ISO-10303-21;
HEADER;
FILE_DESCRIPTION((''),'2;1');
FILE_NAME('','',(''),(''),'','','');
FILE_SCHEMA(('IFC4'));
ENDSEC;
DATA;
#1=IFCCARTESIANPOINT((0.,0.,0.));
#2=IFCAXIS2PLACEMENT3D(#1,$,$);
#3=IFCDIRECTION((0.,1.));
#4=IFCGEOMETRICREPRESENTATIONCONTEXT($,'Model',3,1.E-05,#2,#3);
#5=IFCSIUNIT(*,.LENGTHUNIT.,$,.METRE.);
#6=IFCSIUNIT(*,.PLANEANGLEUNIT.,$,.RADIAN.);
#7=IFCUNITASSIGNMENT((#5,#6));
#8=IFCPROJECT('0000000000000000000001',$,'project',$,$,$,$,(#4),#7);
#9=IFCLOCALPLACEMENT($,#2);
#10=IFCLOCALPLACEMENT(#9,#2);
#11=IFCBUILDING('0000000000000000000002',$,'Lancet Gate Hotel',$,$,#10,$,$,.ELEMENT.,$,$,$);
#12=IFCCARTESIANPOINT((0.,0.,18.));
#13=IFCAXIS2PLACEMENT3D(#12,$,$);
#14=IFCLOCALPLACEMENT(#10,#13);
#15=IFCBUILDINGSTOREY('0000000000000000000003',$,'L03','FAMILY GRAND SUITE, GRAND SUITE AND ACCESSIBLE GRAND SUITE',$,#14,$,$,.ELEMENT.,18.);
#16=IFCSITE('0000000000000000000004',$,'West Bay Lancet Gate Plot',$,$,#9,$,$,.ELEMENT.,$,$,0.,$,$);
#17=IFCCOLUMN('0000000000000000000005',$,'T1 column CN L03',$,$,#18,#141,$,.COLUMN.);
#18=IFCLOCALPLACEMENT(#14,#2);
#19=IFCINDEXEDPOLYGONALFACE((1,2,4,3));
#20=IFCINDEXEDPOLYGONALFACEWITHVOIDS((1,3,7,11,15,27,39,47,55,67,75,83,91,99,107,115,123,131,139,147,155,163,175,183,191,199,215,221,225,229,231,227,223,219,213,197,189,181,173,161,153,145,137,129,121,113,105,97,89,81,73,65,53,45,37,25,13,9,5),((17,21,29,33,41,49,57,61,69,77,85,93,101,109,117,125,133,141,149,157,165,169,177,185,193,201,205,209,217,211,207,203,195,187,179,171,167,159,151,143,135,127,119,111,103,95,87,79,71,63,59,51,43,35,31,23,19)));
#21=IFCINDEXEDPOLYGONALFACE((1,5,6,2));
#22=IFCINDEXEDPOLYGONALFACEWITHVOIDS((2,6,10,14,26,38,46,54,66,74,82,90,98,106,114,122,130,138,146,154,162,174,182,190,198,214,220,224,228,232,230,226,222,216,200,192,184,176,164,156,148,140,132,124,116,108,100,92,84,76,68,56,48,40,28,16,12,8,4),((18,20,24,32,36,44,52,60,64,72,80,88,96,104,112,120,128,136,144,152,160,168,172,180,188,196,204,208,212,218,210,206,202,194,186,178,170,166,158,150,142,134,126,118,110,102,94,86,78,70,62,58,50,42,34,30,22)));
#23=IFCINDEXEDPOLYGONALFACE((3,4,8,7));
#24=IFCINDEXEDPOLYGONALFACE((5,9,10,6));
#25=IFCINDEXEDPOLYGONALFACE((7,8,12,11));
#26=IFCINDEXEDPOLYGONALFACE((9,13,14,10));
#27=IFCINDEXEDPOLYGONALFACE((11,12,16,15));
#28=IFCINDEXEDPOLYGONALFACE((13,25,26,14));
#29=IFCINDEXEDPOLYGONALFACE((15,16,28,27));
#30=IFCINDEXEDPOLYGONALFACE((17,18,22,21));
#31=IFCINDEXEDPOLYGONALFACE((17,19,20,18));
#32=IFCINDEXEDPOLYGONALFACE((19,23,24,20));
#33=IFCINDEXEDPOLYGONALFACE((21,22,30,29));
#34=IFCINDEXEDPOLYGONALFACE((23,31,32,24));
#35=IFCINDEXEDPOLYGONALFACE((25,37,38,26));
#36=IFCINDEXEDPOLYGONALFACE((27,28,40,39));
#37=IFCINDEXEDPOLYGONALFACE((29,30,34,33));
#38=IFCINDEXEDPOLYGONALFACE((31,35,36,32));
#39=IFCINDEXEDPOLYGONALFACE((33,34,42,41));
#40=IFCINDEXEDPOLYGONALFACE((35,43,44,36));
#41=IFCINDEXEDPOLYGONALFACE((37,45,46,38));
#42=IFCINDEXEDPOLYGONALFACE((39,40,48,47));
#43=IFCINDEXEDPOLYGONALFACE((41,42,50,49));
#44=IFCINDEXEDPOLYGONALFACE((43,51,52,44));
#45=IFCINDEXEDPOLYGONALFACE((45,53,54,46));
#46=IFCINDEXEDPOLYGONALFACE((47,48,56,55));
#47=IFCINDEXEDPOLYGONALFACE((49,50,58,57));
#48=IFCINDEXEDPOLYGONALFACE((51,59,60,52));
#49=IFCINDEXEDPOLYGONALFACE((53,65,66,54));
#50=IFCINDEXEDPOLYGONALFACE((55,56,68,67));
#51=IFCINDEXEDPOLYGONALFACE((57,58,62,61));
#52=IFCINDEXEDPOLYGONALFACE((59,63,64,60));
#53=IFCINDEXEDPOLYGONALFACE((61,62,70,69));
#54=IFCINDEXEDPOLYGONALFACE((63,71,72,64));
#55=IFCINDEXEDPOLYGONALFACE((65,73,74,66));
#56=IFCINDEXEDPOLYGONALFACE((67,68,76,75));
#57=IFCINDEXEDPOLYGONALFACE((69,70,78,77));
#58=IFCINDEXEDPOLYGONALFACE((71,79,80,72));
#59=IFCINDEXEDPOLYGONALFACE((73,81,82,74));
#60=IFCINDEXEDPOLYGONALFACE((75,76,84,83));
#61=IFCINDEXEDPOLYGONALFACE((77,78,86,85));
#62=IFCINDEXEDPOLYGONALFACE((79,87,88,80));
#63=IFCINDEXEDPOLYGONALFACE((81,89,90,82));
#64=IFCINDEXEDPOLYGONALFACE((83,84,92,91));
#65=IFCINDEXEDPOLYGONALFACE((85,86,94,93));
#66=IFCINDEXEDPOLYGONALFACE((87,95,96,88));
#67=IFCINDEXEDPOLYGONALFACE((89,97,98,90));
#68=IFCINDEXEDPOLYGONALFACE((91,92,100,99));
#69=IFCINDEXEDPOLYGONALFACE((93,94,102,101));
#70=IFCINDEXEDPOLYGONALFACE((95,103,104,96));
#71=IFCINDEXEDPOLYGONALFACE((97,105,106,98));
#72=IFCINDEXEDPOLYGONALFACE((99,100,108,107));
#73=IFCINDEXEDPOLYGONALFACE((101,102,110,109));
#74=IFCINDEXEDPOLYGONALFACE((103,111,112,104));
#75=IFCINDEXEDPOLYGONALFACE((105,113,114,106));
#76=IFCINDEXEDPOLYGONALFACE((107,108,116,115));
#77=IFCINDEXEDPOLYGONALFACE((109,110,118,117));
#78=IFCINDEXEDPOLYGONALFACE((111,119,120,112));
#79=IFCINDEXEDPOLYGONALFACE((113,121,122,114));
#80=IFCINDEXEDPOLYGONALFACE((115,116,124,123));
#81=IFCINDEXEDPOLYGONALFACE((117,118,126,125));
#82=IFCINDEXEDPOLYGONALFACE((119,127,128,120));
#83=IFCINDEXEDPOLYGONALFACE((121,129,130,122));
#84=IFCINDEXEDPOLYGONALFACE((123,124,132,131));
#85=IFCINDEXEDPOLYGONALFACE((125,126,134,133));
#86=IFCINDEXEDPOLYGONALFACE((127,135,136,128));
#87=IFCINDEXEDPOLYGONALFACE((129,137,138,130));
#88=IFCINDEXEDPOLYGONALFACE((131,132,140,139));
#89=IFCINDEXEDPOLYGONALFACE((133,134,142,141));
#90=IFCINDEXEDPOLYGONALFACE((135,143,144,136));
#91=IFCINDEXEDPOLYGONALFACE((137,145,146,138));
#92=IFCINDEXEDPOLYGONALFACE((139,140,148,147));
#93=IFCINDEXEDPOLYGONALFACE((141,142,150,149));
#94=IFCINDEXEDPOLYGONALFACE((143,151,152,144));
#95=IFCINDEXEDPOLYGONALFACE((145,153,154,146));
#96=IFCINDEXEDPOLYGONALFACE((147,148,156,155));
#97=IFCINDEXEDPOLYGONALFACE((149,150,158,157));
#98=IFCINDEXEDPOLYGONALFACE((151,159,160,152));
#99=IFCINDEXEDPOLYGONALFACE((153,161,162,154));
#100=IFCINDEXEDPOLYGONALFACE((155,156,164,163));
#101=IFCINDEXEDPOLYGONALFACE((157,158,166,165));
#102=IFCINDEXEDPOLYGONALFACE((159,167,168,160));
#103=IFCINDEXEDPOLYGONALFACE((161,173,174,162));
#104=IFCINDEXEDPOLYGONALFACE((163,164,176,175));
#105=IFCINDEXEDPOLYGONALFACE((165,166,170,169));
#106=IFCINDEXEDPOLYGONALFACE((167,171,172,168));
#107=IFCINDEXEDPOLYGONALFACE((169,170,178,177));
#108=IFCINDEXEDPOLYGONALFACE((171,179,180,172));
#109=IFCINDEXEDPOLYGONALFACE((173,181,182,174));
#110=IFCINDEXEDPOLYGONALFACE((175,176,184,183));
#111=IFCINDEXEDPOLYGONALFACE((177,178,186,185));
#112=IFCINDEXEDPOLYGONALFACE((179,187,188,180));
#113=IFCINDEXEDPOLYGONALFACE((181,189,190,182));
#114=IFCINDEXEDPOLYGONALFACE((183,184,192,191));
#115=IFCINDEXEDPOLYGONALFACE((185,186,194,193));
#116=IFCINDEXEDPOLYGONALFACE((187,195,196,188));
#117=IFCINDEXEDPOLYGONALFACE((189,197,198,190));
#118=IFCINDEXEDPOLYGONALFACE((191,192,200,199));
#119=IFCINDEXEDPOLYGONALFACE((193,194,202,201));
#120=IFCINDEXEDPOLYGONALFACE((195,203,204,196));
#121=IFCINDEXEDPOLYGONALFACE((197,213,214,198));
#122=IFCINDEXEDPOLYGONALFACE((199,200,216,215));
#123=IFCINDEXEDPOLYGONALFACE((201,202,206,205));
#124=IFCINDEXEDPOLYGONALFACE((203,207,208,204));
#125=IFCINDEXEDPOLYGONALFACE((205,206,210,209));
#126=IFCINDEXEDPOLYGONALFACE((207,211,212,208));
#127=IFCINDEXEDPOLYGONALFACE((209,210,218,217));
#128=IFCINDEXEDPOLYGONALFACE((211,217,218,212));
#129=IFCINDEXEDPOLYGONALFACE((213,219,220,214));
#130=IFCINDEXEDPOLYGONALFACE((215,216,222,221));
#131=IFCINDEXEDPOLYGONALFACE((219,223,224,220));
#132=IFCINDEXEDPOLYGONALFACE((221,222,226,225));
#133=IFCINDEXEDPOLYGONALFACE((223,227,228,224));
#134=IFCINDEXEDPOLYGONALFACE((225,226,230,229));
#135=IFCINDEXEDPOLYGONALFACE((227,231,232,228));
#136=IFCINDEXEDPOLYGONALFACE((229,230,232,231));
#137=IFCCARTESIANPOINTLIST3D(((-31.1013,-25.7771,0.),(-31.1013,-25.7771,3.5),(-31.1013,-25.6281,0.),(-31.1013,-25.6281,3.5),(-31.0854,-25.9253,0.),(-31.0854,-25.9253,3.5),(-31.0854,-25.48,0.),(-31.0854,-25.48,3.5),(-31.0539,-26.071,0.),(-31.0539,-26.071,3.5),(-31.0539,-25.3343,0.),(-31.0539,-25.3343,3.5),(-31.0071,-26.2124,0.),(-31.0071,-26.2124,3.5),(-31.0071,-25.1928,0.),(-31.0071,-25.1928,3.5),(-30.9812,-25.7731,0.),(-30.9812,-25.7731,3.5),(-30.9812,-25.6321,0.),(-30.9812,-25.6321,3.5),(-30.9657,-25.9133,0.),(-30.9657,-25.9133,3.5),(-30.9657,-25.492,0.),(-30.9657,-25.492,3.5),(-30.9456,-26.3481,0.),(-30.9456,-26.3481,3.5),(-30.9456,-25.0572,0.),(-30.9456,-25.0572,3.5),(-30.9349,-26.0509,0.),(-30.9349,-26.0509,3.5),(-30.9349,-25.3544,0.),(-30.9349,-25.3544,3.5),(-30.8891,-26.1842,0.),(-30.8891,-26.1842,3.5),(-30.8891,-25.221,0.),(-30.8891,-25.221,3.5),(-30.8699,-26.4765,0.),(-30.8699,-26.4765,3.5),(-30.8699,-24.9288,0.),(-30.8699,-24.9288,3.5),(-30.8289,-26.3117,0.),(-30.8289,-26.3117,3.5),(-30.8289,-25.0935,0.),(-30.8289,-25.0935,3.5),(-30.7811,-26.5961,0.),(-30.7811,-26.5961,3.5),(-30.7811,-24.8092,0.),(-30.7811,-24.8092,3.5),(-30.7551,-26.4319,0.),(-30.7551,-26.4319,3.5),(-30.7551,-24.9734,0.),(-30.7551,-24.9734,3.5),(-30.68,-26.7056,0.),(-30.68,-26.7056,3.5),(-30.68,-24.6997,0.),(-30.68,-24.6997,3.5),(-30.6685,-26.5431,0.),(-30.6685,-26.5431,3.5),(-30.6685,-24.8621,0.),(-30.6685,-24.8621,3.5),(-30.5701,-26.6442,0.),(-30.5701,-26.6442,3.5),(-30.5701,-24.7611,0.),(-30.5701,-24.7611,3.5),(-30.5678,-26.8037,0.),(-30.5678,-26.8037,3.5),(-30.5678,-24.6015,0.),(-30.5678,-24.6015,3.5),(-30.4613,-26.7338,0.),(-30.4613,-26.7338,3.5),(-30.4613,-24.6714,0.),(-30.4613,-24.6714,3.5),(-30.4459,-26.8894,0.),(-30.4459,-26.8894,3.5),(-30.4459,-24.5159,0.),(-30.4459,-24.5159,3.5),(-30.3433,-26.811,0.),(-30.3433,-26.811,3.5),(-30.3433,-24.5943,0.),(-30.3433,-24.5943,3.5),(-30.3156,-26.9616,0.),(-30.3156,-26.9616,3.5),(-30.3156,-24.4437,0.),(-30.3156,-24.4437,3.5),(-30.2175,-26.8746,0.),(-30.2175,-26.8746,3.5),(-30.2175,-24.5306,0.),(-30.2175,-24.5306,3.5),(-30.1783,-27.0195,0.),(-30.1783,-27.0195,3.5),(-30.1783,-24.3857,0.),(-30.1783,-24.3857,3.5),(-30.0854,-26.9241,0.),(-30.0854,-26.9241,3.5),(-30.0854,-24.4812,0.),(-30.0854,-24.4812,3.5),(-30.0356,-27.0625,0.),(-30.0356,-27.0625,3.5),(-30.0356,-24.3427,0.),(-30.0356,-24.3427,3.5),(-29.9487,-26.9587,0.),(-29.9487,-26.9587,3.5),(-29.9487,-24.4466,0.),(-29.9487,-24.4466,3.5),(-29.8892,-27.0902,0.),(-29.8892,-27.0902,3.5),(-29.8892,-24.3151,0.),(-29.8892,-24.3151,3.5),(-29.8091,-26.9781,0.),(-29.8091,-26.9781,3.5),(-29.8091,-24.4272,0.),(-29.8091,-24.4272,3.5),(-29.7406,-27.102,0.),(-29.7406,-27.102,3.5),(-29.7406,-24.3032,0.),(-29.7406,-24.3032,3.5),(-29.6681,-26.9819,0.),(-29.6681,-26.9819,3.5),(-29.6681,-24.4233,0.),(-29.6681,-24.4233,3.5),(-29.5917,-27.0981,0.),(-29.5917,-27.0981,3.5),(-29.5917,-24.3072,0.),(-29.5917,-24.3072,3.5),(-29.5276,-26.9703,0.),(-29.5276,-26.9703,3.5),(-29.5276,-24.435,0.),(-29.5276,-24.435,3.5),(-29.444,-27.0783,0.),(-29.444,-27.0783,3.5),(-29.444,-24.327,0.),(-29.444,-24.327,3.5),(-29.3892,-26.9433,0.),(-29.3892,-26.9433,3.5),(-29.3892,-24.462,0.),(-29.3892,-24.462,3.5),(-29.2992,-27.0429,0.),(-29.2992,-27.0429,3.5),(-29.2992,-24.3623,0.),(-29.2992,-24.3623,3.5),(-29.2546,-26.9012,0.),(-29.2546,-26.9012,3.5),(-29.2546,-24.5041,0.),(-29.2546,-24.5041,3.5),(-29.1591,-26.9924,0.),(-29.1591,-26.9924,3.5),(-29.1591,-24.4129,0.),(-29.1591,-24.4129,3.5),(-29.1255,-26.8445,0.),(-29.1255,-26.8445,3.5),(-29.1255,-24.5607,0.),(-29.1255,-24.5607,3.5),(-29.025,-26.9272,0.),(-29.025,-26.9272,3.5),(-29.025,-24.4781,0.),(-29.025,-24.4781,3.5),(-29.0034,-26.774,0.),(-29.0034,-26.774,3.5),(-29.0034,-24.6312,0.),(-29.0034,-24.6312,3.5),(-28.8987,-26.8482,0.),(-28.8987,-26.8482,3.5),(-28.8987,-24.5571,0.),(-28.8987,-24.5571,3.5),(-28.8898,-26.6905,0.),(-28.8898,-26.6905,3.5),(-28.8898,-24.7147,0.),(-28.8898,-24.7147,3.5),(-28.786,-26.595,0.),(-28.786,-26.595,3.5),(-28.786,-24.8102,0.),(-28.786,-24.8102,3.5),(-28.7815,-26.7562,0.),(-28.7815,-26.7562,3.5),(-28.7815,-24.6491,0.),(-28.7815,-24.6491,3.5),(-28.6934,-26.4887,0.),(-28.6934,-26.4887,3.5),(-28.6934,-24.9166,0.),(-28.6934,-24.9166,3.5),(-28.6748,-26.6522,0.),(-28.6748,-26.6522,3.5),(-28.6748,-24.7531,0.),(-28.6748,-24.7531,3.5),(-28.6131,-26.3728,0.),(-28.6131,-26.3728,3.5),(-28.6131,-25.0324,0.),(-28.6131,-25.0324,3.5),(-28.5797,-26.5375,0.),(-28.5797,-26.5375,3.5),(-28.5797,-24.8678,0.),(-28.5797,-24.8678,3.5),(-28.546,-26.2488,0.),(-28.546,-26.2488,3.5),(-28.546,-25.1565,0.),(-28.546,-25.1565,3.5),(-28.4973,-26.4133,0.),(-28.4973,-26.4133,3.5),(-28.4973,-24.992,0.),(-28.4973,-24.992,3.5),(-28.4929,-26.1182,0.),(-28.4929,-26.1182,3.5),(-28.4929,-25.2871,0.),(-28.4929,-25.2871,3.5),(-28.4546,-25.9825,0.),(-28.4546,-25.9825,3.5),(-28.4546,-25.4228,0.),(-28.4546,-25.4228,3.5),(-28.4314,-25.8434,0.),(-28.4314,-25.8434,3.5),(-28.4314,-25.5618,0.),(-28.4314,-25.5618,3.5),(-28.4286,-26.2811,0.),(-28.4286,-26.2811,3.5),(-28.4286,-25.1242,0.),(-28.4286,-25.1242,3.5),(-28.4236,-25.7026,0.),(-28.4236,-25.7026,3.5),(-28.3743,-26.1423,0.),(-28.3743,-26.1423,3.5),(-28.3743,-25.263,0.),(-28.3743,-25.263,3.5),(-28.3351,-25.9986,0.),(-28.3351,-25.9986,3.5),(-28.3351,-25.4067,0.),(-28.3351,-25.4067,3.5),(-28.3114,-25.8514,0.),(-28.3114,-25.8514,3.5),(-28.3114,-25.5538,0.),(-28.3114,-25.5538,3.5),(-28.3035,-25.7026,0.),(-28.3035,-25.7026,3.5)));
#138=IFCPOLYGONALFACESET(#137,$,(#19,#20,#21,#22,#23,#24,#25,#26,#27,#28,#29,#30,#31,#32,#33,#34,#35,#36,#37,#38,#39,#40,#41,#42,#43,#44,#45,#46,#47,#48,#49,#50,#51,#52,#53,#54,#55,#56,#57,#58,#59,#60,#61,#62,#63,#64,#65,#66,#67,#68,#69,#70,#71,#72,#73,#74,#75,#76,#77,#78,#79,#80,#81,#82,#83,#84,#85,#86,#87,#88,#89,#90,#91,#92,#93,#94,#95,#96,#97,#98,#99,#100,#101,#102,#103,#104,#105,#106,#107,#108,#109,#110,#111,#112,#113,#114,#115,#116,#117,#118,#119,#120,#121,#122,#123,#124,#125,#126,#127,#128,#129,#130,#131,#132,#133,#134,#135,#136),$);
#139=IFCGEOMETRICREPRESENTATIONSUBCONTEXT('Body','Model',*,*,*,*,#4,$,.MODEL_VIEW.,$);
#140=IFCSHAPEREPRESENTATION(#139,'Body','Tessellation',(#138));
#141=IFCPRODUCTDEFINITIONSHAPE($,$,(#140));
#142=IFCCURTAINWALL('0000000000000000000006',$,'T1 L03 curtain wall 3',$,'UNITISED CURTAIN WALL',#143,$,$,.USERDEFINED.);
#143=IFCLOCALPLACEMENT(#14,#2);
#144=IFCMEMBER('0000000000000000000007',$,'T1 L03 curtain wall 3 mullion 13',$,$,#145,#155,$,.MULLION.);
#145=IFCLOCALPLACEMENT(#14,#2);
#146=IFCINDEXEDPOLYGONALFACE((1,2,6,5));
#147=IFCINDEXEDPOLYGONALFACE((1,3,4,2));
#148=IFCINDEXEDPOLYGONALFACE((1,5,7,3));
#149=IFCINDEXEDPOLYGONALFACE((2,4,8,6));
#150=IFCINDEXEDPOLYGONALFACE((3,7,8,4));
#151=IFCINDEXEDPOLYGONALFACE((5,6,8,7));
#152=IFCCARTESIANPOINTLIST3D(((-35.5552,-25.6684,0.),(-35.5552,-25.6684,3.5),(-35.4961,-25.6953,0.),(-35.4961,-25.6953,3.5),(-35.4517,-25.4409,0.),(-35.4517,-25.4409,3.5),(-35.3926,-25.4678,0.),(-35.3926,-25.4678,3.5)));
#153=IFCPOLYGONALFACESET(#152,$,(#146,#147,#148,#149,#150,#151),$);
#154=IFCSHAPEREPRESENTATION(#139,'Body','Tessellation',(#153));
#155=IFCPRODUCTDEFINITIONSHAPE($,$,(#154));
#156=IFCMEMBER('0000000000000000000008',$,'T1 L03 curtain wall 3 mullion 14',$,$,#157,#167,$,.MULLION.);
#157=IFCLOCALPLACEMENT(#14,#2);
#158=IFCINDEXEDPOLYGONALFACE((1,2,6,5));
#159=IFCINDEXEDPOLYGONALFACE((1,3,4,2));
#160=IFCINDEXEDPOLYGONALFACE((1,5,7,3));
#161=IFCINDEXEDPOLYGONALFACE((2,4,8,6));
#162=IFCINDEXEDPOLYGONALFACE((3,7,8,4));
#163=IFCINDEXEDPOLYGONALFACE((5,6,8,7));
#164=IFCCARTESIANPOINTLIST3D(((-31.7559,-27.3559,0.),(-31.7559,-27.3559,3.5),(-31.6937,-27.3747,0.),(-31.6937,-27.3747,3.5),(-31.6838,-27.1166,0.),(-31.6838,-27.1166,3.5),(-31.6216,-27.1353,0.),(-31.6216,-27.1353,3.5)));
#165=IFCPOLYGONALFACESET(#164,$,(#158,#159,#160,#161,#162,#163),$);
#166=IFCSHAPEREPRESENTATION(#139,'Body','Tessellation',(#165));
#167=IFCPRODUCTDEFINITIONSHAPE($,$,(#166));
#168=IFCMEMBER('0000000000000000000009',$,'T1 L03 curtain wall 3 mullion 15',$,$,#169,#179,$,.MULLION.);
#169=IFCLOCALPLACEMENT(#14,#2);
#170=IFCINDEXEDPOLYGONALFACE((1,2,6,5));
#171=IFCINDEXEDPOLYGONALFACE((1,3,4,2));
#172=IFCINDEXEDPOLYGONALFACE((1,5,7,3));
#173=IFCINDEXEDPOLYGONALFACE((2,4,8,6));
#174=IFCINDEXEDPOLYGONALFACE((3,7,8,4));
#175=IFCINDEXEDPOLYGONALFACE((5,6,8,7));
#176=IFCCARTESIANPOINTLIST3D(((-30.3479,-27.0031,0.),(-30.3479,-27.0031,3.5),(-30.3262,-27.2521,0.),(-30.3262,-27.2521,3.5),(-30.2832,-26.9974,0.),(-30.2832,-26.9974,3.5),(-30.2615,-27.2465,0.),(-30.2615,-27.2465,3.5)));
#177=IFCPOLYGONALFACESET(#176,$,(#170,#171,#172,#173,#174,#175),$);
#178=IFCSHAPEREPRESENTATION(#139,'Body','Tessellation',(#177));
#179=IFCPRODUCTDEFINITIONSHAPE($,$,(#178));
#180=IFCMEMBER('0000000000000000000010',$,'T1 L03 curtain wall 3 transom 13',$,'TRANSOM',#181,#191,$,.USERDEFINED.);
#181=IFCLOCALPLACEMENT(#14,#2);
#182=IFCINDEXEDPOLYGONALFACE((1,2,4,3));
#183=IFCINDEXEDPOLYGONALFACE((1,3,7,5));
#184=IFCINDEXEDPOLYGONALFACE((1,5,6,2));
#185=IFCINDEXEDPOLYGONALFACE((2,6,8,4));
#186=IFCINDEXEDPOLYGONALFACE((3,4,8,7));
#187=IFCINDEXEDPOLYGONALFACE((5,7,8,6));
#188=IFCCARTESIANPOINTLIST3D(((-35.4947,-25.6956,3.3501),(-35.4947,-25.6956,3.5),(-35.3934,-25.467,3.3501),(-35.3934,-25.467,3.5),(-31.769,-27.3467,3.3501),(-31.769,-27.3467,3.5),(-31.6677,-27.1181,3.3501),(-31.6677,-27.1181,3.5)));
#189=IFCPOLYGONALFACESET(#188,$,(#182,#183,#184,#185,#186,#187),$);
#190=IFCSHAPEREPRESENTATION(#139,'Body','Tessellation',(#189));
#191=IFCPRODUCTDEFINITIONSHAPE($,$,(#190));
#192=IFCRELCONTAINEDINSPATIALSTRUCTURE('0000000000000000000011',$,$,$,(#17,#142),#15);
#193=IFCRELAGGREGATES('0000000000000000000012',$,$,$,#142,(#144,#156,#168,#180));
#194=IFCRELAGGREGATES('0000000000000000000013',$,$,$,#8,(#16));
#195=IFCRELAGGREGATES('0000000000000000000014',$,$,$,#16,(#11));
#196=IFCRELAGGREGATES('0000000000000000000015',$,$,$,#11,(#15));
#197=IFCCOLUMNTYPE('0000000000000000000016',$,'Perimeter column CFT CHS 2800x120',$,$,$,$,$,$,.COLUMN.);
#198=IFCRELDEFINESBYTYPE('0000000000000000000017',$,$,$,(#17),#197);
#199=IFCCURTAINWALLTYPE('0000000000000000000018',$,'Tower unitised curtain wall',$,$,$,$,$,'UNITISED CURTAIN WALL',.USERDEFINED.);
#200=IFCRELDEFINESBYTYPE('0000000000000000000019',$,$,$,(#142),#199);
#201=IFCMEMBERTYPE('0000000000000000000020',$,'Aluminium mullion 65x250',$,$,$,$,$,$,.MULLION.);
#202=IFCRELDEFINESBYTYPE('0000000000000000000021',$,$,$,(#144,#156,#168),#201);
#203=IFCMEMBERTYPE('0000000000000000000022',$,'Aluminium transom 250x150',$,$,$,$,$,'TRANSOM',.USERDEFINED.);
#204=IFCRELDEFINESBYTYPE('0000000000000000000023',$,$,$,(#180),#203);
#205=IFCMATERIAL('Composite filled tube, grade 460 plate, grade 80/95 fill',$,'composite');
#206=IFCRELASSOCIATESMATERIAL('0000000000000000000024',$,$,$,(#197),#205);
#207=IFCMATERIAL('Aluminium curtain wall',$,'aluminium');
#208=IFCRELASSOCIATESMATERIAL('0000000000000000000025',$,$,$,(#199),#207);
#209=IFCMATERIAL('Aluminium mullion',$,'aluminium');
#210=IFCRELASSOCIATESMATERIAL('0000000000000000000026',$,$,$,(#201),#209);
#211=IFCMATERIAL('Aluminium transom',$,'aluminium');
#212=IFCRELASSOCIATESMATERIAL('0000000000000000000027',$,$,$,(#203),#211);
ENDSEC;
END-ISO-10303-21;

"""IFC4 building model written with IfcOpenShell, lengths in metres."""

from ifc_helpers import new_model, si_unit, direction, frame, origin, origin_2d, place, context, subcontext, project, spatial, rectangle, hollow_circle, extrude, material, material_profile, profile_set, type_object, element, aggregate, save


model = new_model("IFC4")

# Units and contexts
model_context = context("Model", 3, precision=1e-05, world=origin(), true_north=direction((0.0, 1.0)))
body_context = subcontext(model_context, "Body", "Model", "MODEL_VIEW")
ifc_project = project(units=[si_unit("LENGTHUNIT", "METRE"), si_unit("PLANEANGLEUNIT", "RADIAN")], contexts=[model_context])

# Site, building, storey
site_placement = place(None, origin())
site = spatial("IfcSite", under=ifc_project, at=site_placement, Name="West Bay Lancet Gate Plot", CompositionType="ELEMENT", RefElevation=0.0)
building_placement = place(site_placement, origin())
building = spatial("IfcBuilding", under=site, at=building_placement, Name="Lancet Gate Hotel", CompositionType="ELEMENT")
storey_placement = place(building_placement, frame((0.0, 0.0, 18.0)))
storey = spatial("IfcBuildingStorey", under=building, at=storey_placement, Name="L03", Description="FAMILY GRAND SUITE, GRAND SUITE AND ACCESSIBLE GRAND SUITE", CompositionType="ELEMENT", Elevation=18.0)

# Column
ifc_material_1 = material(Name="Composite filled tube, grade 460 plate, grade 80/95 fill", Category="composite")
ifc_material_profile_1 = material_profile(ifc_material_1, hollow_circle(Radius=1.3999, WallThickness=0.1201, at=origin_2d()), Name="CHS 2800x120")
ifc_profile_set_1 = profile_set([ifc_material_profile_1], Name="Composite filled tube, grade 460 plate, grade 80/95 fill")
column_type = type_object("IfcColumnType", Name="Perimeter column CFT CHS 2800x120", PredefinedType="COLUMN", material=ifc_profile_set_1)
column_placement = place(storey_placement, frame((-29.7034, -25.7026, 0.0), z_axis=(0.0, 0.0, 1.0), x_axis=(1.0, 0.0, 0.0)))
element("IfcColumn", 1, at=column_placement, inside=storey, type_object=column_type, Name="T1 column CN L03", PredefinedType="COLUMN", context=body_context, shape_type="SweptSolid", body=[
    extrude(hollow_circle(Radius=1.3999, WallThickness=0.1201, at=origin_2d()), origin(), (0.0, 0.0, 1.0), 3.5),
])

# Curtain wall, members
ifc_material_2 = material(Name="Aluminium curtain wall", Category="aluminium")
curtain_wall_type = type_object("IfcCurtainWallType", Name="Tower unitised curtain wall", ElementType="UNITISED CURTAIN WALL", PredefinedType="USERDEFINED", material=ifc_material_2)
curtain_wall_placement = place(storey_placement, origin())
curtain_wall = element("IfcCurtainWall", 2, at=curtain_wall_placement, inside=storey, type_object=curtain_wall_type, Name="T1 L03 curtain wall 3", ObjectType="UNITISED CURTAIN WALL", PredefinedType="USERDEFINED")
ifc_material_3 = material(Name="Aluminium mullion", Category="aluminium")
ifc_material_profile_2 = material_profile(ifc_material_3, rectangle(XDim=0.0649, YDim=0.25, at=origin_2d()), Name="MULLION 65x250")
ifc_profile_set_2 = profile_set([ifc_material_profile_2], Name="Aluminium mullion")
member_type_1 = type_object("IfcMemberType", Name="Aluminium mullion 65x250", PredefinedType="MULLION", material=ifc_profile_set_2)
member_1_placement = place(storey_placement, frame((-35.4739, -25.5681, 0.0), z_axis=(0.0, 0.0, 1.0), x_axis=(0.91022, -0.414126, 0.0)))
member_1 = element("IfcMember", 3, at=member_1_placement, type_object=member_type_1, Name="T1 L03 curtain wall 3 mullion 13", PredefinedType="MULLION", context=body_context, shape_type="SweptSolid", body=[
    extrude(rectangle(XDim=0.0649, YDim=0.25, at=origin_2d()), origin(), (0.0, 0.0, 1.0), 3.5),
])
member_2_placement = place(storey_placement, frame((-31.6887, -27.2456, 0.0), z_axis=(0.0, 0.0, 1.0), x_axis=(0.957524, -0.288352, 0.0)))
member_2 = element("IfcMember", 4, at=member_2_placement, type_object=member_type_1, Name="T1 L03 curtain wall 3 mullion 14", PredefinedType="MULLION", context=body_context, shape_type="SweptSolid", body=[
    extrude(rectangle(XDim=0.0649, YDim=0.25, at=origin_2d()), origin(), (0.0, 0.0, 1.0), 3.5),
])
member_3_placement = place(storey_placement, frame((-30.3047, -27.1248, 0.0), z_axis=(0.0, 0.0, 1.0), x_axis=(0.996204, 0.087052, 0.0)))
member_3 = element("IfcMember", 5, at=member_3_placement, type_object=member_type_1, Name="T1 L03 curtain wall 3 mullion 15", PredefinedType="MULLION", context=body_context, shape_type="SweptSolid", body=[
    extrude(rectangle(XDim=0.0649, YDim=0.25, at=origin_2d()), origin(), (0.0, 0.0, 1.0), 3.5),
])
ifc_material_4 = material(Name="Aluminium transom", Category="aluminium")
ifc_material_profile_3 = material_profile(ifc_material_4, rectangle(XDim=0.25, YDim=0.1499, at=origin_2d()), Name="TRANSOM 250x150")
ifc_profile_set_3 = profile_set([ifc_material_profile_3], Name="Aluminium transom")
member_type_2 = type_object("IfcMemberType", Name="Aluminium transom 250x150", ElementType="TRANSOM", PredefinedType="USERDEFINED", material=ifc_profile_set_3)
member_4_placement = place(storey_placement, frame((-35.4441, -25.5813, 3.425), z_axis=(0.914248, -0.405154, 0.0), x_axis=(0.405154, 0.914248, 0.0)))
member_4 = element("IfcMember", 6, at=member_4_placement, type_object=member_type_2, Name="T1 L03 curtain wall 3 transom 13", ObjectType="TRANSOM", PredefinedType="USERDEFINED", context=body_context, shape_type="SweptSolid", body=[
    extrude(rectangle(XDim=0.25, YDim=0.1499, at=origin_2d()), origin(), (0.0, 0.0, 1.0), 4.0752),
])

aggregate(curtain_wall, [member_1, member_2, member_3, member_4])

save(model, "model.ifc")
